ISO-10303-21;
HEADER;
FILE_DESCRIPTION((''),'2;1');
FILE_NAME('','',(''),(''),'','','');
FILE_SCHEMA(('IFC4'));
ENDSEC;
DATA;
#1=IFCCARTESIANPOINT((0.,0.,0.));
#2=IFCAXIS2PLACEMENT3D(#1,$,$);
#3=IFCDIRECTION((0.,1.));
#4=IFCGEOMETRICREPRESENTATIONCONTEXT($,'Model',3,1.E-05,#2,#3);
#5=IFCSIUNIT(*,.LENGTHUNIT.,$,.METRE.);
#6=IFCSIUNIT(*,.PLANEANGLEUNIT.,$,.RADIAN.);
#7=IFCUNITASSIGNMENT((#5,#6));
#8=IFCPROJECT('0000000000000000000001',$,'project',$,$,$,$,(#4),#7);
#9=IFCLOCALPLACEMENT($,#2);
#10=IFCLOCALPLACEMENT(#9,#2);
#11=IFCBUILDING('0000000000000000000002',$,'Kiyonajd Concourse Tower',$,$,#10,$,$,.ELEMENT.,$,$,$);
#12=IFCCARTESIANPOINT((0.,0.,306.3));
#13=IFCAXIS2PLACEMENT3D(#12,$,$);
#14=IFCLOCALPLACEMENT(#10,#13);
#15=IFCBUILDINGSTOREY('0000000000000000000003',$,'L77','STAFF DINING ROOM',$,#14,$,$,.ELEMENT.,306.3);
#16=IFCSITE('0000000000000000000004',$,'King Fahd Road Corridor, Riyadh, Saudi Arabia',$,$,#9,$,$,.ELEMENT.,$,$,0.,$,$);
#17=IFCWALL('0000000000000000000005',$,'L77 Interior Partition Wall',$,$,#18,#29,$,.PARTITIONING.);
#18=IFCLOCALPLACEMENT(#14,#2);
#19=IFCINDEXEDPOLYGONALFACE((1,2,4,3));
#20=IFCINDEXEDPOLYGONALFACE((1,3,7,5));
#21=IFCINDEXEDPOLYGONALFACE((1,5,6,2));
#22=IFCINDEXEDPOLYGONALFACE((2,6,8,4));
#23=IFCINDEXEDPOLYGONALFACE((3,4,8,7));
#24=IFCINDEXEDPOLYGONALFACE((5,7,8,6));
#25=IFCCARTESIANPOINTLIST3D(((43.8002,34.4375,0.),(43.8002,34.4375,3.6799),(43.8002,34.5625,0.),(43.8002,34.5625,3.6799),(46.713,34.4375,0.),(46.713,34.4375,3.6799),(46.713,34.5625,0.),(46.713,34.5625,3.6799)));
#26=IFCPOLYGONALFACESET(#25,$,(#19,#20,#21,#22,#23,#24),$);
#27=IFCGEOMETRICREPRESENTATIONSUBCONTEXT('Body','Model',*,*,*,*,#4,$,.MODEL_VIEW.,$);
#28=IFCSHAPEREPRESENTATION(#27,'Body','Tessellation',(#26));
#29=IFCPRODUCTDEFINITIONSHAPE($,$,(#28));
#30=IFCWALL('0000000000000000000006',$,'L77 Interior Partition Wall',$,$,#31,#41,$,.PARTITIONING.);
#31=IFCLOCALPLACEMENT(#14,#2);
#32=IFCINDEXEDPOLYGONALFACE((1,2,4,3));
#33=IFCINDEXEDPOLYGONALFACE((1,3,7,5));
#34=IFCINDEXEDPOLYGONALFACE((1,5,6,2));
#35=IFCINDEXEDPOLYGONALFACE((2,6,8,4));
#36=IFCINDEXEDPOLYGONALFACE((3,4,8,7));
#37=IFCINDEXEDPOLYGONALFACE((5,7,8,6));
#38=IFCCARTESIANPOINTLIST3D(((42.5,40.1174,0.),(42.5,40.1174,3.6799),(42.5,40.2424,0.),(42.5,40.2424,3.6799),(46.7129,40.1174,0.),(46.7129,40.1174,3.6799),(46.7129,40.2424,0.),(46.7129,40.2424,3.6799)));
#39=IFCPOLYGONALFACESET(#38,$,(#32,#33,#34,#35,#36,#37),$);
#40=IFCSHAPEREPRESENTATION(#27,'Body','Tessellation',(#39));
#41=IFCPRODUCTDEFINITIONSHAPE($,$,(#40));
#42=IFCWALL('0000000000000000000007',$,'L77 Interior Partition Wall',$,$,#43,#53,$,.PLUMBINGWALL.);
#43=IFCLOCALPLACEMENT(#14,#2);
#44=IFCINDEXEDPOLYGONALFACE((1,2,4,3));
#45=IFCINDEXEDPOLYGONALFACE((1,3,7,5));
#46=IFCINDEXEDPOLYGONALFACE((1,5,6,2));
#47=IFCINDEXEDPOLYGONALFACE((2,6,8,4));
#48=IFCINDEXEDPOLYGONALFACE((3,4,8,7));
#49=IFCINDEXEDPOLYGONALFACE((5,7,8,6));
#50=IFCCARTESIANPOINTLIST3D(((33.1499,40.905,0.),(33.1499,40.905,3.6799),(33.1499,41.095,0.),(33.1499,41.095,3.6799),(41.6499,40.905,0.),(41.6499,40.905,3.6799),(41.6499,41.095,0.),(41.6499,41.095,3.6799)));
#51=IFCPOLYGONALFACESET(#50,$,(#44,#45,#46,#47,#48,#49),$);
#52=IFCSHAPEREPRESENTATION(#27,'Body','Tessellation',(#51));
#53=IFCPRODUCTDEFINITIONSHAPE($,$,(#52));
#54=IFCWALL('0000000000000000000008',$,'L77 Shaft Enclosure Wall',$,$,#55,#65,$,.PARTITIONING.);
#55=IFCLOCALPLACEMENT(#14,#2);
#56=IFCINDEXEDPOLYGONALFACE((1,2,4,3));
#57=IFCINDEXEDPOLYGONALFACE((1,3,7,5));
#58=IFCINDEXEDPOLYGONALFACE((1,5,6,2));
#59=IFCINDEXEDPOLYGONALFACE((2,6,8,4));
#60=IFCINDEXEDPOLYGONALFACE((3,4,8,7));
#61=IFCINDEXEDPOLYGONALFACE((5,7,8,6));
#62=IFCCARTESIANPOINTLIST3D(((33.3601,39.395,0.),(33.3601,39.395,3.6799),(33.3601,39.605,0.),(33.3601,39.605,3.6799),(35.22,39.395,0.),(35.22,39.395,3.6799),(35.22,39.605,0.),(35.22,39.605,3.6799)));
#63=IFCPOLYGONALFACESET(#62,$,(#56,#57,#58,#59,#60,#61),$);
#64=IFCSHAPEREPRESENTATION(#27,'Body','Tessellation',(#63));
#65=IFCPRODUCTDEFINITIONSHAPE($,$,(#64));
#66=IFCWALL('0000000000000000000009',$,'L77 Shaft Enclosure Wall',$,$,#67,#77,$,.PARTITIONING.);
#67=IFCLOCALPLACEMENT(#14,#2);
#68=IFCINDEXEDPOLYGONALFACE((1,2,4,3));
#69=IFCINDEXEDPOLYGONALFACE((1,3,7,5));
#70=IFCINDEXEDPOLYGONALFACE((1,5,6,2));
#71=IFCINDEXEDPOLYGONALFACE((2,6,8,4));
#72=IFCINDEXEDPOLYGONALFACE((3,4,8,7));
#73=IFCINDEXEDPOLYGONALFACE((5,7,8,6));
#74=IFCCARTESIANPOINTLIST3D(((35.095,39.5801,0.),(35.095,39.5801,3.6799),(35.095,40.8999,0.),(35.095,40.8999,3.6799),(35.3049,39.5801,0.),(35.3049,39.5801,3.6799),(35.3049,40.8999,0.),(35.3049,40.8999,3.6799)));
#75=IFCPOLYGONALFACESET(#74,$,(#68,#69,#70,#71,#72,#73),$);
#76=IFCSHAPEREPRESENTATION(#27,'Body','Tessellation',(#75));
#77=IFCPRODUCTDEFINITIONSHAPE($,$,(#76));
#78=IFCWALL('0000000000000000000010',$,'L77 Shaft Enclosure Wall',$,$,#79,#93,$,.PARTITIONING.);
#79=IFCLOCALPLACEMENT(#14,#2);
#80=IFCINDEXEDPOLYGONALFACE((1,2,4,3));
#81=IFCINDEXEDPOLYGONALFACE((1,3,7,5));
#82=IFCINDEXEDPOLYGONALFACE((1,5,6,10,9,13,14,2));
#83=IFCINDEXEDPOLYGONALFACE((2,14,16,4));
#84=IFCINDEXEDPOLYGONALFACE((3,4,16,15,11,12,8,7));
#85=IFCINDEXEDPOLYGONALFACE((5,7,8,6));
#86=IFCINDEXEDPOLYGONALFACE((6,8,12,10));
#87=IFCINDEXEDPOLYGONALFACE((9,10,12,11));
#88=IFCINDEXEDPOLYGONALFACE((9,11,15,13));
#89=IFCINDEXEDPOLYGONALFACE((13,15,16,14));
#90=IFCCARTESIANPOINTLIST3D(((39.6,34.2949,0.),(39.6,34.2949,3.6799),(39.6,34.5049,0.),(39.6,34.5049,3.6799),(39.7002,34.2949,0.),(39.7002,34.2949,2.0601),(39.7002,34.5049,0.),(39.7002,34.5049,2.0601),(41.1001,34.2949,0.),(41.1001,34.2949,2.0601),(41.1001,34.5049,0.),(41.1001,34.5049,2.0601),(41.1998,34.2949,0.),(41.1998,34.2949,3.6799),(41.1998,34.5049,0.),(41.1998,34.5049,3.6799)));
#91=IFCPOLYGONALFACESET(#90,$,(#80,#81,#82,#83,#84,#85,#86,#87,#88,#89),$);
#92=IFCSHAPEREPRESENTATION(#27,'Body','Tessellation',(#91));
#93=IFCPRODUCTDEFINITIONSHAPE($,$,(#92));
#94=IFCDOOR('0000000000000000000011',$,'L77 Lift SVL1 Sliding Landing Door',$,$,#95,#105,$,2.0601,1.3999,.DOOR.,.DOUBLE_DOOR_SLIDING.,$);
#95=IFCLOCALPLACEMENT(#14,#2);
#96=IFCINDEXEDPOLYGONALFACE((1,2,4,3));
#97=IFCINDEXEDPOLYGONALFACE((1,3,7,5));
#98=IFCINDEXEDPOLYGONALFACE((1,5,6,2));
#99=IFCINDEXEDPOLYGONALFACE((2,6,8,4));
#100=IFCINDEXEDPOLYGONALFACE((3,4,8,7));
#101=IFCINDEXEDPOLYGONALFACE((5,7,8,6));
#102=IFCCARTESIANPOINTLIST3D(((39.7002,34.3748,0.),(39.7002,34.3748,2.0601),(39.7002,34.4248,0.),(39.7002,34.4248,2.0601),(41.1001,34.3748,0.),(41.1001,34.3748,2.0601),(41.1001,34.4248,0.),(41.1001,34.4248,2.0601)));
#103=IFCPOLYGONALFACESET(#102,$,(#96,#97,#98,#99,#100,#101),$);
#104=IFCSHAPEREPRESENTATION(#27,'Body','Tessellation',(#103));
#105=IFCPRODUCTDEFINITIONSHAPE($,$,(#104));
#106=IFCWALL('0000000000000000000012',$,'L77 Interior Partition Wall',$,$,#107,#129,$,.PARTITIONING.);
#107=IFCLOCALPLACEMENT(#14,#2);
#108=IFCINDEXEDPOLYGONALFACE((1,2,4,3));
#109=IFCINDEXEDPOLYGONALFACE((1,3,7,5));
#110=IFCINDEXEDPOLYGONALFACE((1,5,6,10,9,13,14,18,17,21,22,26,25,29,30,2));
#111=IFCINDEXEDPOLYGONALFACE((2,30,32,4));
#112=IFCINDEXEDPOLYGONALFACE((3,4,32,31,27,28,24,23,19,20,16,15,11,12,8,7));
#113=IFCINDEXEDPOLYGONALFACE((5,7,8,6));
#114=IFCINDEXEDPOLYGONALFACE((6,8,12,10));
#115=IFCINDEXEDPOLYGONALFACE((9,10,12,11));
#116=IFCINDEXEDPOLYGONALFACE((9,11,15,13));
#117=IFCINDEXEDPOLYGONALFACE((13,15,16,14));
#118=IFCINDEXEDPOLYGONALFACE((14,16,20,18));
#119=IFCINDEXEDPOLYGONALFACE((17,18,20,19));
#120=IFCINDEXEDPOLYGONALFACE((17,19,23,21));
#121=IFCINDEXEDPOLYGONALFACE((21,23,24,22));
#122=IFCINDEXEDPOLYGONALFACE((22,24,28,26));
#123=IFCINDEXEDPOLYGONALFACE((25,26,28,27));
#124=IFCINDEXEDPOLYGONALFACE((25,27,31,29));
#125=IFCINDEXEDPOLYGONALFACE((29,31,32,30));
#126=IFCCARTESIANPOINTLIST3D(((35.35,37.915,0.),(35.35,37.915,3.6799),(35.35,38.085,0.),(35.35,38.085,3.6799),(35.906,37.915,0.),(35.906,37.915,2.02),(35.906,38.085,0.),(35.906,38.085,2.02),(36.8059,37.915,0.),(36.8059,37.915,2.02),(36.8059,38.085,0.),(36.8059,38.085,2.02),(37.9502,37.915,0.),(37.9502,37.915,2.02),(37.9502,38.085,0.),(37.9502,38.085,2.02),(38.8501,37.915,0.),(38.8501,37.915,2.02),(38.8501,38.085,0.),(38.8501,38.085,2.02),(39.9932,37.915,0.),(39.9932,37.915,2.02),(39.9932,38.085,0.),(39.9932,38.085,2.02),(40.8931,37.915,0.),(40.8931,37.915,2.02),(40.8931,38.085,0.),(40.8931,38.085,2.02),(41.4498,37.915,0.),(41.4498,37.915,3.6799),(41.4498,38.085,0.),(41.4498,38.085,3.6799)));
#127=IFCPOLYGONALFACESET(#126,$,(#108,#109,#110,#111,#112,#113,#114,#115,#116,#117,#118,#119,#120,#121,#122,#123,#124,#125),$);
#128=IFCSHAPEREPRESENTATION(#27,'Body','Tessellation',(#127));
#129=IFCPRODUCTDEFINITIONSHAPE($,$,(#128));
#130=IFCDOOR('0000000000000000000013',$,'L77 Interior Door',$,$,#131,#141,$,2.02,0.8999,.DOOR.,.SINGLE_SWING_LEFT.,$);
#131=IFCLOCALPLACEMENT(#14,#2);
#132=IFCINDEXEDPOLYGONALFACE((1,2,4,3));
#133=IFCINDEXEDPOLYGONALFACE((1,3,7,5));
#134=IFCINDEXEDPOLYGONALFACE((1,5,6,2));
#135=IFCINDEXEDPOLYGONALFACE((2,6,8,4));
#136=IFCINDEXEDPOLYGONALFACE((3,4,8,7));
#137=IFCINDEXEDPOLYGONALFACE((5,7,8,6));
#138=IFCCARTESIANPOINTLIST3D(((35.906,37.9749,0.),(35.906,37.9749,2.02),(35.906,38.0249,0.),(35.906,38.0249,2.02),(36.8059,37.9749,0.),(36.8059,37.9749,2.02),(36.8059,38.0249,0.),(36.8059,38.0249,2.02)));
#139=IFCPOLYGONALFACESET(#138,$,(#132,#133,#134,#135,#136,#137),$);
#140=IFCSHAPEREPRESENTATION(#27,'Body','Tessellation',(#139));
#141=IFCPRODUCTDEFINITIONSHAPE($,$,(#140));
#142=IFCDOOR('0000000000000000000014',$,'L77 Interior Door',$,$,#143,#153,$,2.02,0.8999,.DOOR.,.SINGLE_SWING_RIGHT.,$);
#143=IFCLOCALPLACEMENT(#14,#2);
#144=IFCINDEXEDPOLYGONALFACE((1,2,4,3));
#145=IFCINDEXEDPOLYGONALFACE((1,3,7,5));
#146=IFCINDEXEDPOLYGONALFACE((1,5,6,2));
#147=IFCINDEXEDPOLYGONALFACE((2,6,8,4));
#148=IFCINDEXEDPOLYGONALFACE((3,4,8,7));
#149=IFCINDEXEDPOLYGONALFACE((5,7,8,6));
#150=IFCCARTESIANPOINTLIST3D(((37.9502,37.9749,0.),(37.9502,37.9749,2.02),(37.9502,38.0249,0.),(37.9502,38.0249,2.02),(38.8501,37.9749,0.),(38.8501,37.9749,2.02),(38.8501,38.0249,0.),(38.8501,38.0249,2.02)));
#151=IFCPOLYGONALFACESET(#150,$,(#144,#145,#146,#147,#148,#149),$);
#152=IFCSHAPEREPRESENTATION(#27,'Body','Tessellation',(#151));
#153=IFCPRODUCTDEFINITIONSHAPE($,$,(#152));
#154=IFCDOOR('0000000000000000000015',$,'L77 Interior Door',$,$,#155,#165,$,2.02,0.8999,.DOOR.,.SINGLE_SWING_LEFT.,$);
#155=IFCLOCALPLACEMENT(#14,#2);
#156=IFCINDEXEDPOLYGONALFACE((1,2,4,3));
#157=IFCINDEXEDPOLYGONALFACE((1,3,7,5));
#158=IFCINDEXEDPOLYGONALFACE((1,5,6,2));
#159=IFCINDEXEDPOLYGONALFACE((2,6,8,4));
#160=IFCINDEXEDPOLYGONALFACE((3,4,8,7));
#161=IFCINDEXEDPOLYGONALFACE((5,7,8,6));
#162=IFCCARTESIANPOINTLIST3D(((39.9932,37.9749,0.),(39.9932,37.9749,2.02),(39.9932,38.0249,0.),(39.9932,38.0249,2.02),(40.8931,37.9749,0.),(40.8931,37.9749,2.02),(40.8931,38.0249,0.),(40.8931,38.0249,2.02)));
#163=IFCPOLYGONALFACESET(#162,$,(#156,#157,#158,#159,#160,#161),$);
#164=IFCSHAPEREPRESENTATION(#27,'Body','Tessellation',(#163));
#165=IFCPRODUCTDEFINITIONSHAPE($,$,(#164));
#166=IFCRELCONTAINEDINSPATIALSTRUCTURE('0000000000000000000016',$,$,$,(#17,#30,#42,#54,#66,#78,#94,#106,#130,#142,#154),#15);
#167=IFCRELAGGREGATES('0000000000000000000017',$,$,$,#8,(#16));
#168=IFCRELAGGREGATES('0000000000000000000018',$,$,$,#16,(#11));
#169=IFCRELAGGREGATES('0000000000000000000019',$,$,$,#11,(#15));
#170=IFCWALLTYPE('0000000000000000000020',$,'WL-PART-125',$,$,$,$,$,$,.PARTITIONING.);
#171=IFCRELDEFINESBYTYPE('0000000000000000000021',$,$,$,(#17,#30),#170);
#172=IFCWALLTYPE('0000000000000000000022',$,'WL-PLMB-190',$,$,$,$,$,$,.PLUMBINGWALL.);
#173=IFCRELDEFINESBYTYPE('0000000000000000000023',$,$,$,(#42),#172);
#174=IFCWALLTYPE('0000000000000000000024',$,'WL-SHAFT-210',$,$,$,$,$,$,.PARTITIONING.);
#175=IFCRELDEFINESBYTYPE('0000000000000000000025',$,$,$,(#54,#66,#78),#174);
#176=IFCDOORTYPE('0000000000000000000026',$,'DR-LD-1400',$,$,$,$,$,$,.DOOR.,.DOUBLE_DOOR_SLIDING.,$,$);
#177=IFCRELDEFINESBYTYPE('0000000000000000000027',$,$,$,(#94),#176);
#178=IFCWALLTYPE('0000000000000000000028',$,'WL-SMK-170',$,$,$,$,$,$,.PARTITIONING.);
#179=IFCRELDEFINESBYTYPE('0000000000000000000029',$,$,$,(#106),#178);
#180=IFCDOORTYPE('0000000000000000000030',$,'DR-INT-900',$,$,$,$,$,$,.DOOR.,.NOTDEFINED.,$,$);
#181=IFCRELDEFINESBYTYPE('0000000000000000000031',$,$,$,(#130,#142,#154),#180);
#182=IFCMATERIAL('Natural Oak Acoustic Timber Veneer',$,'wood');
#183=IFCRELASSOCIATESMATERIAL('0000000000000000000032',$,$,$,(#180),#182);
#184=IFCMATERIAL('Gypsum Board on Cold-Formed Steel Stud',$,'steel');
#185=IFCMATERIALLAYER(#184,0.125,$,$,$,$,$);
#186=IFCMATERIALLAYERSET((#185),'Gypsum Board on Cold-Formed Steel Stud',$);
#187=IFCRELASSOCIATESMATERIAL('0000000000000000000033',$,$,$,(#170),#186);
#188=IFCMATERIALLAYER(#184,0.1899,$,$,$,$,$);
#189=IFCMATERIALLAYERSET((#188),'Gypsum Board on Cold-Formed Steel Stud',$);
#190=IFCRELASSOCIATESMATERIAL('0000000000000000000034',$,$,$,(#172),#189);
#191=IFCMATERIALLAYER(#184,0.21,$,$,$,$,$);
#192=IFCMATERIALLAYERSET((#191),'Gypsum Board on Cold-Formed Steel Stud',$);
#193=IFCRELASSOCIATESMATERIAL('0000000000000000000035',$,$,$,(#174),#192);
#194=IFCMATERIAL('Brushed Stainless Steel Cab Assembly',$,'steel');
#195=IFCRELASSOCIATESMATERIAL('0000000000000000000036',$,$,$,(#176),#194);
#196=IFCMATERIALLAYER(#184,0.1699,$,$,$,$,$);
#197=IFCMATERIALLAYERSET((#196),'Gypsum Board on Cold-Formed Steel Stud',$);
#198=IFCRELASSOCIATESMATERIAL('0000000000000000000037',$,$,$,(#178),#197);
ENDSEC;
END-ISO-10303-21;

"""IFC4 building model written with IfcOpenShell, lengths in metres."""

from ifc_helpers import new_model, si_unit, direction, frame, frame_2d, origin, place, context, subcontext, project, spatial, rectangle, extrude, material, layer, layer_set, type_object, element, fill, save


model = new_model("IFC4")

# Units and contexts
model_context = context("Model", 3, precision=1e-05, world=origin(), true_north=direction((0.0, 1.0)))
body_context = subcontext(model_context, "Body", "Model", "MODEL_VIEW")
ifc_project = project(units=[si_unit("LENGTHUNIT", "METRE"), si_unit("PLANEANGLEUNIT", "RADIAN")], contexts=[model_context])

# Site, building, storey
site_placement = place(None, origin())
site = spatial("IfcSite", under=ifc_project, at=site_placement, Name="King Fahd Road Corridor, Riyadh, Saudi Arabia", CompositionType="ELEMENT", RefElevation=0.0)
building_placement = place(site_placement, origin())
building = spatial("IfcBuilding", under=site, at=building_placement, Name="Kiyonajd Concourse Tower", CompositionType="ELEMENT")
storey_placement = place(building_placement, frame((0.0, 0.0, 306.3)))
storey = spatial("IfcBuildingStorey", under=building, at=storey_placement, Name="L77", Description="STAFF DINING ROOM", CompositionType="ELEMENT", Elevation=306.3)

# Shared definitions
ifc_material_1 = material(Name="Natural Oak Acoustic Timber Veneer", Category="wood")
door_type_1 = type_object("IfcDoorType", Name="DR-INT-900", OperationType="NOTDEFINED", PredefinedType="DOOR", material=ifc_material_1)

# Walls
ifc_material_2 = material(Name="Gypsum Board on Cold-Formed Steel Stud", Category="steel")
ifc_layer_1 = layer(ifc_material_2, 0.125)
ifc_layer_set_1 = layer_set([ifc_layer_1], Name="Gypsum Board on Cold-Formed Steel Stud")
wall_type_1 = type_object("IfcWallType", Name="WL-PART-125", PredefinedType="PARTITIONING", material=ifc_layer_set_1)
wall_1_placement = place(storey_placement, frame((43.8, 34.5, 0.0), z_axis=(0.0, 0.0, 1.0), x_axis=(1.0, 0.0, 0.0)))
element("IfcWall", 1, at=wall_1_placement, inside=storey, type_object=wall_type_1, Name="L77 Interior Partition Wall", PredefinedType="PARTITIONING", context=body_context, shape_type="SweptSolid", body=[
    extrude(rectangle(XDim=2.9128, YDim=0.125, at=frame_2d((1.4565, 0.0))), origin(), (0.0, 0.0, 1.0), 3.6799),
])
wall_2_placement = place(storey_placement, frame((42.5, 40.1799, 0.0), z_axis=(0.0, 0.0, 1.0), x_axis=(1.0, 0.0, 0.0)))
element("IfcWall", 2, at=wall_2_placement, inside=storey, type_object=wall_type_1, Name="L77 Interior Partition Wall", PredefinedType="PARTITIONING", context=body_context, shape_type="SweptSolid", body=[
    extrude(rectangle(XDim=4.2129, YDim=0.125, at=frame_2d((2.1064, 0.0))), origin(), (0.0, 0.0, 1.0), 3.6799),
])
ifc_layer_2 = layer(ifc_material_2, 0.1899)
ifc_layer_set_2 = layer_set([ifc_layer_2], Name="Gypsum Board on Cold-Formed Steel Stud")
wall_type_2 = type_object("IfcWallType", Name="WL-PLMB-190", PredefinedType="PLUMBINGWALL", material=ifc_layer_set_2)
wall_3_placement = place(storey_placement, frame((33.1499, 41.0, 0.0), z_axis=(0.0, 0.0, 1.0), x_axis=(1.0, 0.0, 0.0)))
element("IfcWall", 3, at=wall_3_placement, inside=storey, type_object=wall_type_2, Name="L77 Interior Partition Wall", PredefinedType="PLUMBINGWALL", context=body_context, shape_type="SweptSolid", body=[
    extrude(rectangle(XDim=8.5, YDim=0.1899, at=frame_2d((4.25, 0.0))), origin(), (0.0, 0.0, 1.0), 3.6799),
])
ifc_layer_3 = layer(ifc_material_2, 0.21)
ifc_layer_set_3 = layer_set([ifc_layer_3], Name="Gypsum Board on Cold-Formed Steel Stud")
wall_type_3 = type_object("IfcWallType", Name="WL-SHAFT-210", PredefinedType="PARTITIONING", material=ifc_layer_set_3)
wall_4_placement = place(storey_placement, frame((33.3601, 39.5, 0.0), z_axis=(0.0, 0.0, 1.0), x_axis=(1.0, 0.0, 0.0)))
element("IfcWall", 4, at=wall_4_placement, inside=storey, type_object=wall_type_3, Name="L77 Shaft Enclosure Wall", PredefinedType="PARTITIONING", context=body_context, shape_type="SweptSolid", body=[
    extrude(rectangle(XDim=1.8599, YDim=0.21, at=frame_2d((0.9299, 0.0))), origin(), (0.0, 0.0, 1.0), 3.6799),
])
wall_5_placement = place(storey_placement, frame((35.2, 39.5801, 0.0), z_axis=(0.0, 0.0, 1.0), x_axis=(0.0, 1.0, 0.0)))
element("IfcWall", 5, at=wall_5_placement, inside=storey, type_object=wall_type_3, Name="L77 Shaft Enclosure Wall", PredefinedType="PARTITIONING", context=body_context, shape_type="SweptSolid", body=[
    extrude(rectangle(XDim=1.3198, YDim=0.21, at=frame_2d((0.6599, 0.0))), origin(), (0.0, 0.0, 1.0), 3.6799),
])

# Wall, opening, door
wall_6_placement = place(storey_placement, frame((39.6001, 34.3999, 0.0), z_axis=(0.0, 0.0, 1.0), x_axis=(1.0, 0.0, 0.0)))
wall_6 = element("IfcWall", 6, at=wall_6_placement, inside=storey, type_object=wall_type_3, Name="L77 Shaft Enclosure Wall", PredefinedType="PARTITIONING", context=body_context, shape_type="SweptSolid", body=[
    extrude(rectangle(XDim=1.5999, YDim=0.21, at=frame_2d((0.7998, 0.0))), origin(), (0.0, 0.0, 1.0), 3.6799),
])
opening_1_placement = place(wall_6_placement, frame((0.1001, 0.0, 0.0)))
opening_1 = element("IfcOpeningElement", 7, at=opening_1_placement, cuts=wall_6, PredefinedType="OPENING", context=body_context, shape_type="SweptSolid", body=[
    extrude(rectangle(XDim=1.3999, YDim=2.0601, at=frame_2d((0.7, 1.03))), frame((0.0, 0.115, 0.0), z_axis=(0.0, -1.0, 0.0), x_axis=(1.0, 0.0, 0.0)), (0.0, 0.0, 1.0), 0.23),
])
ifc_material_3 = material(Name="Brushed Stainless Steel Cab Assembly", Category="steel")
door_type_2 = type_object("IfcDoorType", Name="DR-LD-1400", OperationType="DOUBLE_DOOR_SLIDING", PredefinedType="DOOR", material=ifc_material_3)
door_1_placement = place(opening_1_placement, origin())
door_1 = element("IfcDoor", 8, at=door_1_placement, inside=storey, type_object=door_type_2, Name="L77 Lift SVL1 Sliding Landing Door", OperationType="DOUBLE_DOOR_SLIDING", OverallHeight=2.0601, OverallWidth=1.3999, PredefinedType="DOOR", context=body_context, shape_type="SweptSolid", body=[
    extrude(rectangle(XDim=1.3999, YDim=2.0601, at=frame_2d((0.7, 1.03))), frame((0.0, 0.0249, 0.0), z_axis=(0.0, -1.0, 0.0), x_axis=(1.0, 0.0, 0.0)), (0.0, 0.0, 1.0), 0.05),
])
fill(opening_1, door_1)

# Wall, openings, doors
ifc_layer_4 = layer(ifc_material_2, 0.1699)
ifc_layer_set_4 = layer_set([ifc_layer_4], Name="Gypsum Board on Cold-Formed Steel Stud")
wall_type_4 = type_object("IfcWallType", Name="WL-SMK-170", PredefinedType="PARTITIONING", material=ifc_layer_set_4)
wall_7_placement = place(storey_placement, frame((35.3501, 38.0, 0.0), z_axis=(0.0, 0.0, 1.0), x_axis=(1.0, 0.0, 0.0)))
wall_7 = element("IfcWall", 9, at=wall_7_placement, inside=storey, type_object=wall_type_4, Name="L77 Interior Partition Wall", PredefinedType="PARTITIONING", context=body_context, shape_type="SweptSolid", body=[
    extrude(rectangle(XDim=6.0999, YDim=0.1699, at=frame_2d((3.0498, 0.0))), origin(), (0.0, 0.0, 1.0), 3.6799),
])
opening_2_placement = place(wall_7_placement, frame((0.5559, 0.0, 0.0)))
opening_2 = element("IfcOpeningElement", 10, at=opening_2_placement, cuts=wall_7, PredefinedType="OPENING", context=body_context, shape_type="SweptSolid", body=[
    extrude(rectangle(XDim=0.8999, YDim=2.02, at=frame_2d((0.45, 1.01))), frame((0.0, 0.095, 0.0), z_axis=(0.0, -1.0, 0.0), x_axis=(1.0, 0.0, 0.0)), (0.0, 0.0, 1.0), 0.1899),
])
opening_3_placement = place(wall_7_placement, frame((2.6001, 0.0, 0.0)))
opening_3 = element("IfcOpeningElement", 11, at=opening_3_placement, cuts=wall_7, PredefinedType="OPENING", context=body_context, shape_type="SweptSolid", body=[
    extrude(rectangle(XDim=0.8999, YDim=2.02, at=frame_2d((0.45, 1.01))), frame((0.0, 0.095, 0.0), z_axis=(0.0, -1.0, 0.0), x_axis=(1.0, 0.0, 0.0)), (0.0, 0.0, 1.0), 0.1899),
])
opening_4_placement = place(wall_7_placement, frame((4.6431, 0.0, 0.0)))
opening_4 = element("IfcOpeningElement", 12, at=opening_4_placement, cuts=wall_7, PredefinedType="OPENING", context=body_context, shape_type="SweptSolid", body=[
    extrude(rectangle(XDim=0.8999, YDim=2.02, at=frame_2d((0.45, 1.01))), frame((0.0, 0.095, 0.0), z_axis=(0.0, -1.0, 0.0), x_axis=(1.0, 0.0, 0.0)), (0.0, 0.0, 1.0), 0.1899),
])
door_2_placement = place(opening_2_placement, origin())
door_2 = element("IfcDoor", 13, at=door_2_placement, inside=storey, type_object=door_type_1, Name="L77 Interior Door", OperationType="SINGLE_SWING_LEFT", OverallHeight=2.02, OverallWidth=0.8999, PredefinedType="DOOR", context=body_context, shape_type="SweptSolid", body=[
    extrude(rectangle(XDim=0.8999, YDim=2.02, at=frame_2d((0.45, 1.01))), frame((0.0, 0.0249, 0.0), z_axis=(0.0, -1.0, 0.0), x_axis=(1.0, 0.0, 0.0)), (0.0, 0.0, 1.0), 0.05),
])
fill(opening_2, door_2)
door_3_placement = place(opening_3_placement, origin())
door_3 = element("IfcDoor", 14, at=door_3_placement, inside=storey, type_object=door_type_1, Name="L77 Interior Door", OperationType="SINGLE_SWING_RIGHT", OverallHeight=2.02, OverallWidth=0.8999, PredefinedType="DOOR", context=body_context, shape_type="SweptSolid", body=[
    extrude(rectangle(XDim=0.8999, YDim=2.02, at=frame_2d((0.45, 1.01))), frame((0.0, 0.0249, 0.0), z_axis=(0.0, -1.0, 0.0), x_axis=(1.0, 0.0, 0.0)), (0.0, 0.0, 1.0), 0.05),
])
fill(opening_3, door_3)
door_4_placement = place(opening_4_placement, origin())
door_4 = element("IfcDoor", 15, at=door_4_placement, inside=storey, type_object=door_type_1, Name="L77 Interior Door", OperationType="SINGLE_SWING_LEFT", OverallHeight=2.02, OverallWidth=0.8999, PredefinedType="DOOR", context=body_context, shape_type="SweptSolid", body=[
    extrude(rectangle(XDim=0.8999, YDim=2.02, at=frame_2d((0.45, 1.01))), frame((0.0, 0.0249, 0.0), z_axis=(0.0, -1.0, 0.0), x_axis=(1.0, 0.0, 0.0)), (0.0, 0.0, 1.0), 0.05),
])
fill(opening_4, door_4)

save(model, "model.ifc")
